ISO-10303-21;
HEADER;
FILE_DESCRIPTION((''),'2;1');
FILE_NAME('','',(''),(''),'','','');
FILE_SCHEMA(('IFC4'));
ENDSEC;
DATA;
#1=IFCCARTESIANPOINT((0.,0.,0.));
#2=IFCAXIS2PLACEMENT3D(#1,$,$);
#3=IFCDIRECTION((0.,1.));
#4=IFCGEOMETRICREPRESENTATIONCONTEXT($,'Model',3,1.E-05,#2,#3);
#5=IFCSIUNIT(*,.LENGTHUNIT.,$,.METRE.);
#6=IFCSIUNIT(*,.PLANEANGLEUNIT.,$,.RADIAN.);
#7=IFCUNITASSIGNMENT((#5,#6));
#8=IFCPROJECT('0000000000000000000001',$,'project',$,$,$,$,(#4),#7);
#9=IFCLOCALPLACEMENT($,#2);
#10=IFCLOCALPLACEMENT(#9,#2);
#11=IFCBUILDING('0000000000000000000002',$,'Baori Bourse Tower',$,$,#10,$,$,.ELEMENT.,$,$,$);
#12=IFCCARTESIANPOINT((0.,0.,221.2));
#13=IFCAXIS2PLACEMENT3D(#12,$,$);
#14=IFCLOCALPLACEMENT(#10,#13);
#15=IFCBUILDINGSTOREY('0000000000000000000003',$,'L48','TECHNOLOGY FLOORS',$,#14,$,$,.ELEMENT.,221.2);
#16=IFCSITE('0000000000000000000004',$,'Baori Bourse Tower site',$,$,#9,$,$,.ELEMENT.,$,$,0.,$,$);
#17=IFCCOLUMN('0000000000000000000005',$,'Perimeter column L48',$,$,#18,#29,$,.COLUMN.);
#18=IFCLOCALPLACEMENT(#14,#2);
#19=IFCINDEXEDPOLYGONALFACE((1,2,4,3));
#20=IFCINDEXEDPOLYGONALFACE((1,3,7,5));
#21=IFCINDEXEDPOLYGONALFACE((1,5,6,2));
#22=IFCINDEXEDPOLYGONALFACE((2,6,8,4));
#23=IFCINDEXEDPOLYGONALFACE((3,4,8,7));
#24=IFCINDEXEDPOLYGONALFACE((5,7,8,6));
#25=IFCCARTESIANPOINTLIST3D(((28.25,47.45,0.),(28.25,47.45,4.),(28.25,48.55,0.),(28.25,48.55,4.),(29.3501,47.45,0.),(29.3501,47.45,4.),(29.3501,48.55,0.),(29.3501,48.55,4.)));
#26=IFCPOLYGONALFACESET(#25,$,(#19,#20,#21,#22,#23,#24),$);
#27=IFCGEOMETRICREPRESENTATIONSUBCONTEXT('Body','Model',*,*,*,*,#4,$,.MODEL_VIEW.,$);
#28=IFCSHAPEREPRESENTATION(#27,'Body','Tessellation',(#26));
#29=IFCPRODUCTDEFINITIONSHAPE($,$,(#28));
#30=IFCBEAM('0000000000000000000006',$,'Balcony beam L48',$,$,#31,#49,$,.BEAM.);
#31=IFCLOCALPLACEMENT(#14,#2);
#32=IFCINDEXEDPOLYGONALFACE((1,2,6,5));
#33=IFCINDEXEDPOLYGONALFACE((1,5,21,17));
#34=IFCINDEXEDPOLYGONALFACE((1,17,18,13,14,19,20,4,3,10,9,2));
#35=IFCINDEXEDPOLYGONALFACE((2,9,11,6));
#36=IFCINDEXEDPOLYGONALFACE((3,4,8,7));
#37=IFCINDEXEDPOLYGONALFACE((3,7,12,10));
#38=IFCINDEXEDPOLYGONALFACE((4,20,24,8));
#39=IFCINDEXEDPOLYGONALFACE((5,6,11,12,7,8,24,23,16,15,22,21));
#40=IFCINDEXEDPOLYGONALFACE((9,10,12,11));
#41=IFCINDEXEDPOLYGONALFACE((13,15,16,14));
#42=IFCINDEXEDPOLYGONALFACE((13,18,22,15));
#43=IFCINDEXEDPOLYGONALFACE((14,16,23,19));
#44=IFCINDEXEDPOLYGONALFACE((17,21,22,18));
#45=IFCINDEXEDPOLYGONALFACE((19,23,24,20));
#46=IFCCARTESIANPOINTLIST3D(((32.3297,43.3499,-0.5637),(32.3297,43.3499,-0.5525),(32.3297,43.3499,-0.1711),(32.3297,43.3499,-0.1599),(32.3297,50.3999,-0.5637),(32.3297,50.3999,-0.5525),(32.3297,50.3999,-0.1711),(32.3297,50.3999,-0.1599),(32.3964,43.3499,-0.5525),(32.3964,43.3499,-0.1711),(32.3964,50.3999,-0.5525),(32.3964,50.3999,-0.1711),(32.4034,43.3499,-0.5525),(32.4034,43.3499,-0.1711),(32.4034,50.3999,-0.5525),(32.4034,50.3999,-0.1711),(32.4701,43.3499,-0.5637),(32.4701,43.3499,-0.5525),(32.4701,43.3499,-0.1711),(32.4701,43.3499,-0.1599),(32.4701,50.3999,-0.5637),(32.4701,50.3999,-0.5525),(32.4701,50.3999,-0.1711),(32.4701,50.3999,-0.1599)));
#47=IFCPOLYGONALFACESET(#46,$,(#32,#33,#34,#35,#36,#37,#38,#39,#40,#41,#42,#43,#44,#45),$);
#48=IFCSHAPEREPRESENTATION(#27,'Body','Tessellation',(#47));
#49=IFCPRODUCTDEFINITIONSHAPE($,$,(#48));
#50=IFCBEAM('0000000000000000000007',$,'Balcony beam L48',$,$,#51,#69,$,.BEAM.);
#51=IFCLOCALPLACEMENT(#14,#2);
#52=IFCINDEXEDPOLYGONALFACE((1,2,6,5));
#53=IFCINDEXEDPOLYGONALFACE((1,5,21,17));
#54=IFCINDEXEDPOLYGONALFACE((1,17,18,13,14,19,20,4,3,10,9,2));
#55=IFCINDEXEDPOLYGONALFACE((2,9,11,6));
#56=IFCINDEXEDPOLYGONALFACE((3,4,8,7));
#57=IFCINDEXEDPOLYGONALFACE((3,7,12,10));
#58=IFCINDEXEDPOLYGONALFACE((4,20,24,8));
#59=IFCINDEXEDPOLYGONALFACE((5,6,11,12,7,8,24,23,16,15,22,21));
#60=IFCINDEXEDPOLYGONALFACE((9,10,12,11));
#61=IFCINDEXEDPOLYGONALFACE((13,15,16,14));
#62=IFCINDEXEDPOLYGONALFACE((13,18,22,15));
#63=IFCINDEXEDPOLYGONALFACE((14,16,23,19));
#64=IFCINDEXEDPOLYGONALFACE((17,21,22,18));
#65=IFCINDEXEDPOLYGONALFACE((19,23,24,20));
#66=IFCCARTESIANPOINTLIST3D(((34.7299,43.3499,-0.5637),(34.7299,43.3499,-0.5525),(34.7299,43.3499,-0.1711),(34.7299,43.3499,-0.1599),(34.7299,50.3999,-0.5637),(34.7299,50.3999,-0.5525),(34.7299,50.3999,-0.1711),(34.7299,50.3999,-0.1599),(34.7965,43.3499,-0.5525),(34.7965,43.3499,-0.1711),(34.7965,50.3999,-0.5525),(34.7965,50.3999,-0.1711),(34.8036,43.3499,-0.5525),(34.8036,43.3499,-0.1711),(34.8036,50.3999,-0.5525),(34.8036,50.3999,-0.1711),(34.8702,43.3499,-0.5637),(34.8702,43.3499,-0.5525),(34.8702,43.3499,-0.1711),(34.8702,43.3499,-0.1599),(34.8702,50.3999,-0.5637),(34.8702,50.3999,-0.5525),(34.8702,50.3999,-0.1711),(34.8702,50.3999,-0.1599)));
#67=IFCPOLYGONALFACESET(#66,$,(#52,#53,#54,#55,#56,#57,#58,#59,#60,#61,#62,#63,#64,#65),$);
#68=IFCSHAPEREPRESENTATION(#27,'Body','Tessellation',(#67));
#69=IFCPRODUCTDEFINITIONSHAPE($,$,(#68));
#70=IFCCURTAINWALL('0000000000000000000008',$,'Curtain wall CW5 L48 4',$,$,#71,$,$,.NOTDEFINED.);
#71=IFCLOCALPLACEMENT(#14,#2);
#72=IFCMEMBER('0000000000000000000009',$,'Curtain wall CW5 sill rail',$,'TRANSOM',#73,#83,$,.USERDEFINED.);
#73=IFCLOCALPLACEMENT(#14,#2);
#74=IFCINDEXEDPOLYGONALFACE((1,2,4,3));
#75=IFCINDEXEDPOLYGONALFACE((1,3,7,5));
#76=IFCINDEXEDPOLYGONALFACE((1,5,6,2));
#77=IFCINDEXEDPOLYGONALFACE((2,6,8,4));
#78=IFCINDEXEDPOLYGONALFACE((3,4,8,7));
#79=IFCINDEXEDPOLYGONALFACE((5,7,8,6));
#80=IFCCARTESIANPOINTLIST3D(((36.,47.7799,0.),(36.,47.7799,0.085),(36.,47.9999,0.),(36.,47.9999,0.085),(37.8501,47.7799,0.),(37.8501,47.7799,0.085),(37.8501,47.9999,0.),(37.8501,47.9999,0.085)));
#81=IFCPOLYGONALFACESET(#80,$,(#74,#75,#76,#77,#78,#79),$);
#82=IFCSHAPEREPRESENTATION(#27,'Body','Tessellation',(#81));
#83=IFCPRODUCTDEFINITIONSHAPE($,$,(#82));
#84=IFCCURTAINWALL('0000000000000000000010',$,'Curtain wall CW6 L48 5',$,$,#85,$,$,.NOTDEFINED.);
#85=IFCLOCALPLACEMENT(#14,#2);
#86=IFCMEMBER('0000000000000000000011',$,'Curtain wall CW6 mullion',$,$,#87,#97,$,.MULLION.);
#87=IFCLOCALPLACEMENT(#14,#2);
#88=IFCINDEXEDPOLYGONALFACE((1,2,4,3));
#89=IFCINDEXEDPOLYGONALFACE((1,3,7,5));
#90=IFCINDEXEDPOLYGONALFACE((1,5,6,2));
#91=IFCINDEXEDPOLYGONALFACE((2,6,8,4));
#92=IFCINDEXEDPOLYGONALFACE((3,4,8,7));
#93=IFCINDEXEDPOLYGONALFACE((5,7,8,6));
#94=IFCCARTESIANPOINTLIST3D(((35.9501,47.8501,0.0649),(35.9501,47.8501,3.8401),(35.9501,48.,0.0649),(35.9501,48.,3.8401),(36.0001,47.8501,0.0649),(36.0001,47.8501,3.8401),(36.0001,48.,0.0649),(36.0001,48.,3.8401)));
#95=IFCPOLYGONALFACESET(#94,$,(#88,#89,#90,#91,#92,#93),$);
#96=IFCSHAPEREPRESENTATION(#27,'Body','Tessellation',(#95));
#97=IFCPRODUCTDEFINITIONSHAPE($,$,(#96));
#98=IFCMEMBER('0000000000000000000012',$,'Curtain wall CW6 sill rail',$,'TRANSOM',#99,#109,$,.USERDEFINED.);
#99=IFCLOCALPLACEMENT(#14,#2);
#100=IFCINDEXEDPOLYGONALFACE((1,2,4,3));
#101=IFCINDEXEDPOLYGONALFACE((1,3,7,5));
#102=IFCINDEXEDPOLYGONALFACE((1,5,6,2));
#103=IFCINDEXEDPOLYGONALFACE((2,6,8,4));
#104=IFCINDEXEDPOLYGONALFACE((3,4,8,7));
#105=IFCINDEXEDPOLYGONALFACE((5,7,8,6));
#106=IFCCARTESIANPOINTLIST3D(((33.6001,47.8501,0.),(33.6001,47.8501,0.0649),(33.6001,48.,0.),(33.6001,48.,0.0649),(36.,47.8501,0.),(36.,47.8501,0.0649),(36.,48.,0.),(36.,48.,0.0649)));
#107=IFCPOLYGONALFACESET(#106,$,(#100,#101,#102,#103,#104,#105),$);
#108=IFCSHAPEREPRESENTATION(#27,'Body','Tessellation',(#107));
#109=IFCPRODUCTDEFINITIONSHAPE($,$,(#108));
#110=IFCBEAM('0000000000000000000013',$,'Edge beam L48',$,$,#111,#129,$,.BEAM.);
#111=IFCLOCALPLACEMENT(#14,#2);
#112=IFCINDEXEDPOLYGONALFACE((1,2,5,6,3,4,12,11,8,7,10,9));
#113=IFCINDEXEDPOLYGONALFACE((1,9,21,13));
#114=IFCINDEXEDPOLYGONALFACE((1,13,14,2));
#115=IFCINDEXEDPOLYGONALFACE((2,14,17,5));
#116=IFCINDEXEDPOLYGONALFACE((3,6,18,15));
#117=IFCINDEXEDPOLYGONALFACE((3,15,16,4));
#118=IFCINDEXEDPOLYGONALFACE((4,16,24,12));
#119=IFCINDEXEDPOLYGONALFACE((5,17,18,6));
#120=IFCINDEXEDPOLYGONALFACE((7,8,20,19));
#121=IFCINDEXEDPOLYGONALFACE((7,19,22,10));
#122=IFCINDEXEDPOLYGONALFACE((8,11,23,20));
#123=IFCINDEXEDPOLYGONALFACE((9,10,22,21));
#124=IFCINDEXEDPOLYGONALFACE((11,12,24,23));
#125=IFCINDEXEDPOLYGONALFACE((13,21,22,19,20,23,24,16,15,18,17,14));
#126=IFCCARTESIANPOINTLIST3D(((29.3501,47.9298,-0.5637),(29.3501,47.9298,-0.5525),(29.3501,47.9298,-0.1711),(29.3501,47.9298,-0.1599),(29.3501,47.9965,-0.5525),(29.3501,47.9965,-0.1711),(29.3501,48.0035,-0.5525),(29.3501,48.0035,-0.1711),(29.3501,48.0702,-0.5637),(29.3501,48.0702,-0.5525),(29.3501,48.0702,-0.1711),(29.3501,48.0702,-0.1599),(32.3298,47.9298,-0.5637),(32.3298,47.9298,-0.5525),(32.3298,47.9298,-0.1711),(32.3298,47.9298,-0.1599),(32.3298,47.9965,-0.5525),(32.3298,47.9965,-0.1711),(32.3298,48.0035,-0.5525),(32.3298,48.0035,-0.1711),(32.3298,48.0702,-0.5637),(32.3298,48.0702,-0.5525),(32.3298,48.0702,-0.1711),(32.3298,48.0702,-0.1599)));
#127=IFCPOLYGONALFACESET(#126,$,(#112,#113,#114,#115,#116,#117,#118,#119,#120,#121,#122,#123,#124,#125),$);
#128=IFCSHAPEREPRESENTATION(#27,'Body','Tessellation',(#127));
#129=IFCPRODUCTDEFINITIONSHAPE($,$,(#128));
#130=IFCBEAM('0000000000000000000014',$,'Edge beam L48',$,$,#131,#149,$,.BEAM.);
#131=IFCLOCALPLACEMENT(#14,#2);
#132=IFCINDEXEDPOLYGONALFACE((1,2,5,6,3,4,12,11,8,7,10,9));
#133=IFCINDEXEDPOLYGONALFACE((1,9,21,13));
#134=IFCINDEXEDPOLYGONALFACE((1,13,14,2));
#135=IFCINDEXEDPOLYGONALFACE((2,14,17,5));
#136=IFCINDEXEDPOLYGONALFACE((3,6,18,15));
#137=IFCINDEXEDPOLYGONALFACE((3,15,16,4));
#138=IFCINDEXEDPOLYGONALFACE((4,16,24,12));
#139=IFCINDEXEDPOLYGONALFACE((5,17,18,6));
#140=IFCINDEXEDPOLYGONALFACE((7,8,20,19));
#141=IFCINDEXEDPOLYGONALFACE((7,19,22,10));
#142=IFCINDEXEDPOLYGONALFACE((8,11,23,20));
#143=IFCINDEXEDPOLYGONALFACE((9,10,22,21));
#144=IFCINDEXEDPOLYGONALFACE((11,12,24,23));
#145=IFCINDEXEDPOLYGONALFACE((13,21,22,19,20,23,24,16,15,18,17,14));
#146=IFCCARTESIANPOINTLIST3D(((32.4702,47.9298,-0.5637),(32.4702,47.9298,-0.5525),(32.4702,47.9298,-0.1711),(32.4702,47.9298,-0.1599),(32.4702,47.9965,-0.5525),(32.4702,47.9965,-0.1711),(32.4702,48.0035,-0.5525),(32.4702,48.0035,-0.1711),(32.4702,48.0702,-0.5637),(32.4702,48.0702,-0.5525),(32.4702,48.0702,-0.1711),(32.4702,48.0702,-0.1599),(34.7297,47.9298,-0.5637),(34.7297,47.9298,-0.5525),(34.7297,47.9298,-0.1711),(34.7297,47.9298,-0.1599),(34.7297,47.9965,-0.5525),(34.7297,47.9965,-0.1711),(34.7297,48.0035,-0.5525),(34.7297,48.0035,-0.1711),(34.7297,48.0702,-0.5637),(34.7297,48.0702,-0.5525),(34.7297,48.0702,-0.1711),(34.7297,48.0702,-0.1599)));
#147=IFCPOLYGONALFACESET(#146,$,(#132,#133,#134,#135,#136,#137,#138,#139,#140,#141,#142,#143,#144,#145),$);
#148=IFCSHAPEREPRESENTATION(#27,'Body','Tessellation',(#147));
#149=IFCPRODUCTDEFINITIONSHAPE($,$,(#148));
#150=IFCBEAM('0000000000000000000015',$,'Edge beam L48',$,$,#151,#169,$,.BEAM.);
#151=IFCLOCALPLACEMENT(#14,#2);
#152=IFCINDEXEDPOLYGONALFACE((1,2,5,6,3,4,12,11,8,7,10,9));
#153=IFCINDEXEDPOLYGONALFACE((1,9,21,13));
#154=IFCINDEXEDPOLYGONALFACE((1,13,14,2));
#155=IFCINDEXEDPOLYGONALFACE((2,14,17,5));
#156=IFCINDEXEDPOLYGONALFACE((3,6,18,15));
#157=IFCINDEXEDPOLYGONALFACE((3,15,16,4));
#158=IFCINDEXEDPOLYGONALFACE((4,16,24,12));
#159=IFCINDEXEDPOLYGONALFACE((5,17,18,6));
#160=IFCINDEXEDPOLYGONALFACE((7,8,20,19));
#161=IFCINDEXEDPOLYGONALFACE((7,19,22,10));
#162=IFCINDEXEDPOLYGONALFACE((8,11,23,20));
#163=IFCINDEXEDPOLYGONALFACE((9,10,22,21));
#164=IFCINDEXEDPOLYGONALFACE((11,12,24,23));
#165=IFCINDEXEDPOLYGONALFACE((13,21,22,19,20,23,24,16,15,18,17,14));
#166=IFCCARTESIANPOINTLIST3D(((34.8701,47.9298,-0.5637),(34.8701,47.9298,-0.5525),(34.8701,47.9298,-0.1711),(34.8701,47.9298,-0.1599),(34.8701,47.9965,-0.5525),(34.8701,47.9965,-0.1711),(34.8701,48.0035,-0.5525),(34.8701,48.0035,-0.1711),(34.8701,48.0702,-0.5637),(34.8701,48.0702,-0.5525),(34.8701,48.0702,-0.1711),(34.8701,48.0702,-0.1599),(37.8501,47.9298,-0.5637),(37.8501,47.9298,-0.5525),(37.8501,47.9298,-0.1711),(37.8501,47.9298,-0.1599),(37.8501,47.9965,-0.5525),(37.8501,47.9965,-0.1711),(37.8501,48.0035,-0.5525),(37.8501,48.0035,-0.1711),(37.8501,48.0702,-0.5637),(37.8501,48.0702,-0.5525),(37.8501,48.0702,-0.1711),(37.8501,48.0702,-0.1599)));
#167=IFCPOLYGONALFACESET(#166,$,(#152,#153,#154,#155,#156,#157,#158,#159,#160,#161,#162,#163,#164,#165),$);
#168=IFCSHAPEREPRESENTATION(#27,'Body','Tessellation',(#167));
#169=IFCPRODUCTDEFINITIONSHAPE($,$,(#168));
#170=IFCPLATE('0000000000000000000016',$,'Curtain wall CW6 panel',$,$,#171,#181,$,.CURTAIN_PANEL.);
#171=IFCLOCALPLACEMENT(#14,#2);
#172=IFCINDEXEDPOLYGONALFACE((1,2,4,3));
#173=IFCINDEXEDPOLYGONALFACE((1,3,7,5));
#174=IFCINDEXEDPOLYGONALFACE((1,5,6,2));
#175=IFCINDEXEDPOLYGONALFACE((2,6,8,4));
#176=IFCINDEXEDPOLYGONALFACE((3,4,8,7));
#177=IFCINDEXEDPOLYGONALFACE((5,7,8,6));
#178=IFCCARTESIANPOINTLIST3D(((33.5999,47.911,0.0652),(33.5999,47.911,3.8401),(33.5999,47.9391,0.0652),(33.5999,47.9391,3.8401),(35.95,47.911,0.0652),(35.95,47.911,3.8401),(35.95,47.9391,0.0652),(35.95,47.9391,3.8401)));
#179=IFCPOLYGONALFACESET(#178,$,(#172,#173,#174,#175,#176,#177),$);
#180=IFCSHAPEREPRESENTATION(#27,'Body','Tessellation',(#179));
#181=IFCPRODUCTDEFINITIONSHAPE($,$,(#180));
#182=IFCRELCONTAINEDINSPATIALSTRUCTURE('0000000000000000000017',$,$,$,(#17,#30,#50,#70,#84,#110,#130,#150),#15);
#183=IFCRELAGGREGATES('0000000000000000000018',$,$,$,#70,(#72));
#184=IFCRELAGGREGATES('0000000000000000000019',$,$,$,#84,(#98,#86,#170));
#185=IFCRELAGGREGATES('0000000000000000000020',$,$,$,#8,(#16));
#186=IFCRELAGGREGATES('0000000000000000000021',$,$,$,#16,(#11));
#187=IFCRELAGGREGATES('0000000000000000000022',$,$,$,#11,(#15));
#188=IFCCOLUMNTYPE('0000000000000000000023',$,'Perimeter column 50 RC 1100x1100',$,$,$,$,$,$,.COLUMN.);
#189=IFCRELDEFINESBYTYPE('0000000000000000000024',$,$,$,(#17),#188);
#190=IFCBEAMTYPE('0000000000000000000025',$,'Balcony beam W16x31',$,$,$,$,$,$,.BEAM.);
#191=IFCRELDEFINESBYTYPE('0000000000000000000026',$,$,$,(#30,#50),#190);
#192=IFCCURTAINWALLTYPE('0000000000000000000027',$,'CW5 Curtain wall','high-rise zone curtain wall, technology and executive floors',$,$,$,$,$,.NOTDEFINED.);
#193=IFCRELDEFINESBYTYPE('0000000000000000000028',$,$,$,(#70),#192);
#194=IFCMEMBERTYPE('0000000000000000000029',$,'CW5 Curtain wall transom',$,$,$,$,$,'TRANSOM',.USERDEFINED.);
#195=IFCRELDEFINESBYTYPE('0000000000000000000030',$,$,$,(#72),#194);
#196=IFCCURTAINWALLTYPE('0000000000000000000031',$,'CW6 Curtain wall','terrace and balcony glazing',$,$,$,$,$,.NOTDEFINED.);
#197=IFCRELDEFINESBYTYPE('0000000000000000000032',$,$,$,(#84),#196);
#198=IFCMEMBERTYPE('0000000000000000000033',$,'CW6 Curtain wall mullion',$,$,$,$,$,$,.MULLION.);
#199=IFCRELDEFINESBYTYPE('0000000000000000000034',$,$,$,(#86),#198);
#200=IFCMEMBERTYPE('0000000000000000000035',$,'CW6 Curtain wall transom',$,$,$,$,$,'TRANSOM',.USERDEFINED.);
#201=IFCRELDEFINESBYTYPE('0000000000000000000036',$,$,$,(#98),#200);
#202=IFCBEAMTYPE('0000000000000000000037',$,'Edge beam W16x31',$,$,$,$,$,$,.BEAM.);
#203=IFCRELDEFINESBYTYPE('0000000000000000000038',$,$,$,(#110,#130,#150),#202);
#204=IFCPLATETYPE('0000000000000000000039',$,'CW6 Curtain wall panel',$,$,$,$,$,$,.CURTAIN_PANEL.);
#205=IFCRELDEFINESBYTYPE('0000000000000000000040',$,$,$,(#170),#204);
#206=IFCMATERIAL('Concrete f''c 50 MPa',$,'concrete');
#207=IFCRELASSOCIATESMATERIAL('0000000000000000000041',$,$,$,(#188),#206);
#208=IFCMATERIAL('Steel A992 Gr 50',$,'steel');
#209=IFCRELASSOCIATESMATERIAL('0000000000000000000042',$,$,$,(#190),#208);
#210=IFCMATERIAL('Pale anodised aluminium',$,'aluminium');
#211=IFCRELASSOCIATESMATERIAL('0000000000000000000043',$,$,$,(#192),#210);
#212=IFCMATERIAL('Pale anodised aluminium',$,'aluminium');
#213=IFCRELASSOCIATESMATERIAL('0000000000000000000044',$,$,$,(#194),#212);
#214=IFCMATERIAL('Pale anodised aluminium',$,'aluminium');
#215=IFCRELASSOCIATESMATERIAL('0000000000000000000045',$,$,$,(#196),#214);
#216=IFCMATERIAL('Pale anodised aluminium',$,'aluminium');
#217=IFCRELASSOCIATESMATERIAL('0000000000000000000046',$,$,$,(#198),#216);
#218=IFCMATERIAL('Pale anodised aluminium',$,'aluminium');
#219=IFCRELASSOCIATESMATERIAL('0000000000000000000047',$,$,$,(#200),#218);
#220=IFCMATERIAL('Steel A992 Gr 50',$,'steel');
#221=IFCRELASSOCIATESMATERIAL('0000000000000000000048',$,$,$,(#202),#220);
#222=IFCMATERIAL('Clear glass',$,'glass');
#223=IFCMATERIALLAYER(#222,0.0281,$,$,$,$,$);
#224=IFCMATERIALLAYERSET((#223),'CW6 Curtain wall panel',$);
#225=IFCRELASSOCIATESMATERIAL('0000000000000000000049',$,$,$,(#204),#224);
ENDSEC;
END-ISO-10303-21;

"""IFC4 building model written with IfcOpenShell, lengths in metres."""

from ifc_helpers import new_model, si_unit, direction, frame, origin, origin_2d, place, context, subcontext, project, spatial, rectangle, i_section, extrude, material, layer, layer_set, material_profile, profile_set, type_object, element, aggregate, save


model = new_model("IFC4")

# Units and contexts
model_context = context("Model", 3, precision=1e-05, world=origin(), true_north=direction((0.0, 1.0)))
body_context = subcontext(model_context, "Body", "Model", "MODEL_VIEW")
ifc_project = project(units=[si_unit("LENGTHUNIT", "METRE"), si_unit("PLANEANGLEUNIT", "RADIAN")], contexts=[model_context])

# Site, building, storey
site_placement = place(None, origin())
site = spatial("IfcSite", under=ifc_project, at=site_placement, Name="Baori Bourse Tower site", CompositionType="ELEMENT", RefElevation=0.0)
building_placement = place(site_placement, origin())
building = spatial("IfcBuilding", under=site, at=building_placement, Name="Baori Bourse Tower", CompositionType="ELEMENT")
storey_placement = place(building_placement, frame((0.0, 0.0, 221.2)))
storey = spatial("IfcBuildingStorey", under=building, at=storey_placement, Name="L48", Description="TECHNOLOGY FLOORS", CompositionType="ELEMENT", Elevation=221.2)

# Column
ifc_material_1 = material(Name="Concrete f'c 50 MPa", Category="concrete")
ifc_material_profile_1 = material_profile(ifc_material_1, rectangle(XDim=1.1001, YDim=1.1001, at=origin_2d()), Name="RC 1100x1100")
ifc_profile_set_1 = profile_set([ifc_material_profile_1], Name="Concrete f'c 50 MPa")
column_type = type_object("IfcColumnType", Name="Perimeter column 50 RC 1100x1100", PredefinedType="COLUMN", material=ifc_profile_set_1)
column_placement = place(storey_placement, frame((28.8, 48.0, 0.0), z_axis=(0.0, 0.0, 1.0), x_axis=(1.0, 0.0, 0.0)))
element("IfcColumn", 1, at=column_placement, inside=storey, type_object=column_type, Name="Perimeter column L48", PredefinedType="COLUMN", context=body_context, shape_type="SweptSolid", body=[
    extrude(rectangle(XDim=1.1001, YDim=1.1001, at=origin_2d()), origin(), (0.0, 0.0, 1.0), 4.0),
])

# Beams
ifc_material_2 = material(Name="Steel A992 Gr 50", Category="steel")
ifc_material_profile_2 = material_profile(ifc_material_2, i_section(OverallWidth=0.1404, OverallDepth=0.4038, WebThickness=0.0071, FlangeThickness=0.0112, at=origin_2d()), Name="W16x31")
ifc_profile_set_2 = profile_set([ifc_material_profile_2], Name="Steel A992 Gr 50")
beam_type_1 = type_object("IfcBeamType", Name="Balcony beam W16x31", PredefinedType="BEAM", material=ifc_profile_set_2)
for number, where, z_axis, x_axis, name in (
    (2, (32.3999, 50.3999, -0.3618), (0.0, -1.0, 0.0), (1.0, 0.0, 0.0), "Balcony beam L48"),
    (3, (34.8, 50.3999, -0.3618), (0.0, -1.0, 0.0), (1.0, 0.0, 0.0), "Balcony beam L48"),
):
    element("IfcBeam", number, at=place(storey_placement, frame(where, z_axis=z_axis, x_axis=x_axis)), inside=storey, type_object=beam_type_1, Name=name, PredefinedType="BEAM", context=body_context, shape_type="SweptSolid", body=[
        extrude(i_section(OverallWidth=0.1404, OverallDepth=0.4038, WebThickness=0.0071, FlangeThickness=0.0112, at=origin_2d()), origin(), (0.0, 0.0, 1.0), 7.05),
    ])

# Curtain wall, member
ifc_material_3 = material(Name="Pale anodised aluminium", Category="aluminium")
curtain_wall_type_1 = type_object("IfcCurtainWallType", Name="CW5 Curtain wall", Description="high-rise zone curtain wall, technology and executive floors", PredefinedType="NOTDEFINED", material=ifc_material_3)
curtain_wall_1_placement = place(storey_placement, origin())
curtain_wall_1 = element("IfcCurtainWall", 4, at=curtain_wall_1_placement, inside=storey, type_object=curtain_wall_type_1, Name="Curtain wall CW5 L48 4", PredefinedType="NOTDEFINED")
ifc_material_4 = material(Name="Pale anodised aluminium", Category="aluminium")
ifc_material_profile_3 = material_profile(ifc_material_4, rectangle(XDim=0.22, YDim=0.085, at=origin_2d()), Name="Transom 85x220")
ifc_profile_set_3 = profile_set([ifc_material_profile_3], Name="Pale anodised aluminium")
member_type_1 = type_object("IfcMemberType", Name="CW5 Curtain wall transom", ElementType="TRANSOM", PredefinedType="USERDEFINED", material=ifc_profile_set_3)
member_1_placement = place(storey_placement, frame((37.8501, 47.8899, 0.0425), z_axis=(-1.0, 0.0, 0.0), x_axis=(0.0, -1.0, 0.0)))
member_1 = element("IfcMember", 5, at=member_1_placement, type_object=member_type_1, Name="Curtain wall CW5 sill rail", ObjectType="TRANSOM", PredefinedType="USERDEFINED", context=body_context, shape_type="SweptSolid", body=[
    extrude(rectangle(XDim=0.22, YDim=0.085, at=origin_2d()), origin(), (0.0, 0.0, 1.0), 1.8501),
])
aggregate(curtain_wall_1, [member_1])

# Curtain wall, members
ifc_material_5 = material(Name="Pale anodised aluminium", Category="aluminium")
curtain_wall_type_2 = type_object("IfcCurtainWallType", Name="CW6 Curtain wall", Description="terrace and balcony glazing", PredefinedType="NOTDEFINED", material=ifc_material_5)
curtain_wall_2_placement = place(storey_placement, origin())
curtain_wall_2 = element("IfcCurtainWall", 6, at=curtain_wall_2_placement, inside=storey, type_object=curtain_wall_type_2, Name="Curtain wall CW6 L48 5", PredefinedType="NOTDEFINED")
ifc_material_6 = material(Name="Pale anodised aluminium", Category="aluminium")
ifc_material_profile_4 = material_profile(ifc_material_6, rectangle(XDim=0.1499, YDim=0.05, at=origin_2d()), Name="Mullion 50x150")
ifc_profile_set_4 = profile_set([ifc_material_profile_4], Name="Pale anodised aluminium")
member_type_2 = type_object("IfcMemberType", Name="CW6 Curtain wall mullion", PredefinedType="MULLION", material=ifc_profile_set_4)
member_2_placement = place(storey_placement, frame((35.9751, 47.925, 0.0649), z_axis=(0.0, 0.0, 1.0), x_axis=(0.0, -1.0, 0.0)))
member_2 = element("IfcMember", 7, at=member_2_placement, type_object=member_type_2, Name="Curtain wall CW6 mullion", PredefinedType="MULLION", context=body_context, shape_type="SweptSolid", body=[
    extrude(rectangle(XDim=0.1499, YDim=0.05, at=origin_2d()), origin(), (0.0, 0.0, 1.0), 3.7751),
])
ifc_material_7 = material(Name="Pale anodised aluminium", Category="aluminium")
ifc_material_profile_5 = material_profile(ifc_material_7, rectangle(XDim=0.1499, YDim=0.0649, at=origin_2d()), Name="Transom 65x150")
ifc_profile_set_5 = profile_set([ifc_material_profile_5], Name="Pale anodised aluminium")
member_type_3 = type_object("IfcMemberType", Name="CW6 Curtain wall transom", ElementType="TRANSOM", PredefinedType="USERDEFINED", material=ifc_profile_set_5)
member_3_placement = place(storey_placement, frame((36.0, 47.925, 0.0325), z_axis=(-1.0, 0.0, 0.0), x_axis=(0.0, -1.0, 0.0)))
member_3 = element("IfcMember", 8, at=member_3_placement, type_object=member_type_3, Name="Curtain wall CW6 sill rail", ObjectType="TRANSOM", PredefinedType="USERDEFINED", context=body_context, shape_type="SweptSolid", body=[
    extrude(rectangle(XDim=0.1499, YDim=0.0649, at=origin_2d()), origin(), (0.0, 0.0, 1.0), 2.3999),
])

# Beams
ifc_material_8 = material(Name="Steel A992 Gr 50", Category="steel")
ifc_material_profile_6 = material_profile(ifc_material_8, i_section(OverallWidth=0.1404, OverallDepth=0.4038, WebThickness=0.0071, FlangeThickness=0.0112, at=origin_2d()), Name="W16x31")
ifc_profile_set_6 = profile_set([ifc_material_profile_6], Name="Steel A992 Gr 50")
beam_type_2 = type_object("IfcBeamType", Name="Edge beam W16x31", PredefinedType="BEAM", material=ifc_profile_set_6)
beam_1_placement = place(storey_placement, frame((29.3501, 48.0, -0.3618), z_axis=(1.0, 0.0, 0.0), x_axis=(0.0, 1.0, 0.0)))
element("IfcBeam", 9, at=beam_1_placement, inside=storey, type_object=beam_type_2, Name="Edge beam L48", PredefinedType="BEAM", context=body_context, shape_type="SweptSolid", body=[
    extrude(i_section(OverallWidth=0.1404, OverallDepth=0.4038, WebThickness=0.0071, FlangeThickness=0.0112, at=origin_2d()), origin(), (0.0, 0.0, 1.0), 2.9797),
])
beam_2_placement = place(storey_placement, frame((32.4702, 48.0, -0.3618), z_axis=(1.0, 0.0, 0.0), x_axis=(0.0, 1.0, 0.0)))
element("IfcBeam", 10, at=beam_2_placement, inside=storey, type_object=beam_type_2, Name="Edge beam L48", PredefinedType="BEAM", context=body_context, shape_type="SweptSolid", body=[
    extrude(i_section(OverallWidth=0.1404, OverallDepth=0.4038, WebThickness=0.0071, FlangeThickness=0.0112, at=origin_2d()), origin(), (0.0, 0.0, 1.0), 2.2595),
])
beam_3_placement = place(storey_placement, frame((34.8701, 48.0, -0.3618), z_axis=(1.0, 0.0, 0.0), x_axis=(0.0, 1.0, 0.0)))
element("IfcBeam", 11, at=beam_3_placement, inside=storey, type_object=beam_type_2, Name="Edge beam L48", PredefinedType="BEAM", context=body_context, shape_type="SweptSolid", body=[
    extrude(i_section(OverallWidth=0.1404, OverallDepth=0.4038, WebThickness=0.0071, FlangeThickness=0.0112, at=origin_2d()), origin(), (0.0, 0.0, 1.0), 2.98),
])

# Plate
ifc_material_9 = material(Name="Clear glass", Category="glass")
ifc_layer_1 = layer(ifc_material_9, 0.0281)
ifc_layer_set_1 = layer_set([ifc_layer_1], Name="CW6 Curtain wall panel")
plate_type = type_object("IfcPlateType", Name="CW6 Curtain wall panel", PredefinedType="CURTAIN_PANEL", material=ifc_layer_set_1)
plate_placement = place(storey_placement, frame((34.7749, 47.925, 0.0652), z_axis=(0.0, 0.0, 1.0), x_axis=(-1.0, 0.0, 0.0)))
plate = element("IfcPlate", 12, at=plate_placement, type_object=plate_type, Name="Curtain wall CW6 panel", PredefinedType="CURTAIN_PANEL", context=body_context, shape_type="SweptSolid", body=[
    extrude(rectangle(XDim=2.3501, YDim=0.0281, at=origin_2d()), origin(), (0.0, 0.0, 1.0), 3.7749),
])
aggregate(curtain_wall_2, [member_3, member_2, plate])

save(model, "model.ifc")
